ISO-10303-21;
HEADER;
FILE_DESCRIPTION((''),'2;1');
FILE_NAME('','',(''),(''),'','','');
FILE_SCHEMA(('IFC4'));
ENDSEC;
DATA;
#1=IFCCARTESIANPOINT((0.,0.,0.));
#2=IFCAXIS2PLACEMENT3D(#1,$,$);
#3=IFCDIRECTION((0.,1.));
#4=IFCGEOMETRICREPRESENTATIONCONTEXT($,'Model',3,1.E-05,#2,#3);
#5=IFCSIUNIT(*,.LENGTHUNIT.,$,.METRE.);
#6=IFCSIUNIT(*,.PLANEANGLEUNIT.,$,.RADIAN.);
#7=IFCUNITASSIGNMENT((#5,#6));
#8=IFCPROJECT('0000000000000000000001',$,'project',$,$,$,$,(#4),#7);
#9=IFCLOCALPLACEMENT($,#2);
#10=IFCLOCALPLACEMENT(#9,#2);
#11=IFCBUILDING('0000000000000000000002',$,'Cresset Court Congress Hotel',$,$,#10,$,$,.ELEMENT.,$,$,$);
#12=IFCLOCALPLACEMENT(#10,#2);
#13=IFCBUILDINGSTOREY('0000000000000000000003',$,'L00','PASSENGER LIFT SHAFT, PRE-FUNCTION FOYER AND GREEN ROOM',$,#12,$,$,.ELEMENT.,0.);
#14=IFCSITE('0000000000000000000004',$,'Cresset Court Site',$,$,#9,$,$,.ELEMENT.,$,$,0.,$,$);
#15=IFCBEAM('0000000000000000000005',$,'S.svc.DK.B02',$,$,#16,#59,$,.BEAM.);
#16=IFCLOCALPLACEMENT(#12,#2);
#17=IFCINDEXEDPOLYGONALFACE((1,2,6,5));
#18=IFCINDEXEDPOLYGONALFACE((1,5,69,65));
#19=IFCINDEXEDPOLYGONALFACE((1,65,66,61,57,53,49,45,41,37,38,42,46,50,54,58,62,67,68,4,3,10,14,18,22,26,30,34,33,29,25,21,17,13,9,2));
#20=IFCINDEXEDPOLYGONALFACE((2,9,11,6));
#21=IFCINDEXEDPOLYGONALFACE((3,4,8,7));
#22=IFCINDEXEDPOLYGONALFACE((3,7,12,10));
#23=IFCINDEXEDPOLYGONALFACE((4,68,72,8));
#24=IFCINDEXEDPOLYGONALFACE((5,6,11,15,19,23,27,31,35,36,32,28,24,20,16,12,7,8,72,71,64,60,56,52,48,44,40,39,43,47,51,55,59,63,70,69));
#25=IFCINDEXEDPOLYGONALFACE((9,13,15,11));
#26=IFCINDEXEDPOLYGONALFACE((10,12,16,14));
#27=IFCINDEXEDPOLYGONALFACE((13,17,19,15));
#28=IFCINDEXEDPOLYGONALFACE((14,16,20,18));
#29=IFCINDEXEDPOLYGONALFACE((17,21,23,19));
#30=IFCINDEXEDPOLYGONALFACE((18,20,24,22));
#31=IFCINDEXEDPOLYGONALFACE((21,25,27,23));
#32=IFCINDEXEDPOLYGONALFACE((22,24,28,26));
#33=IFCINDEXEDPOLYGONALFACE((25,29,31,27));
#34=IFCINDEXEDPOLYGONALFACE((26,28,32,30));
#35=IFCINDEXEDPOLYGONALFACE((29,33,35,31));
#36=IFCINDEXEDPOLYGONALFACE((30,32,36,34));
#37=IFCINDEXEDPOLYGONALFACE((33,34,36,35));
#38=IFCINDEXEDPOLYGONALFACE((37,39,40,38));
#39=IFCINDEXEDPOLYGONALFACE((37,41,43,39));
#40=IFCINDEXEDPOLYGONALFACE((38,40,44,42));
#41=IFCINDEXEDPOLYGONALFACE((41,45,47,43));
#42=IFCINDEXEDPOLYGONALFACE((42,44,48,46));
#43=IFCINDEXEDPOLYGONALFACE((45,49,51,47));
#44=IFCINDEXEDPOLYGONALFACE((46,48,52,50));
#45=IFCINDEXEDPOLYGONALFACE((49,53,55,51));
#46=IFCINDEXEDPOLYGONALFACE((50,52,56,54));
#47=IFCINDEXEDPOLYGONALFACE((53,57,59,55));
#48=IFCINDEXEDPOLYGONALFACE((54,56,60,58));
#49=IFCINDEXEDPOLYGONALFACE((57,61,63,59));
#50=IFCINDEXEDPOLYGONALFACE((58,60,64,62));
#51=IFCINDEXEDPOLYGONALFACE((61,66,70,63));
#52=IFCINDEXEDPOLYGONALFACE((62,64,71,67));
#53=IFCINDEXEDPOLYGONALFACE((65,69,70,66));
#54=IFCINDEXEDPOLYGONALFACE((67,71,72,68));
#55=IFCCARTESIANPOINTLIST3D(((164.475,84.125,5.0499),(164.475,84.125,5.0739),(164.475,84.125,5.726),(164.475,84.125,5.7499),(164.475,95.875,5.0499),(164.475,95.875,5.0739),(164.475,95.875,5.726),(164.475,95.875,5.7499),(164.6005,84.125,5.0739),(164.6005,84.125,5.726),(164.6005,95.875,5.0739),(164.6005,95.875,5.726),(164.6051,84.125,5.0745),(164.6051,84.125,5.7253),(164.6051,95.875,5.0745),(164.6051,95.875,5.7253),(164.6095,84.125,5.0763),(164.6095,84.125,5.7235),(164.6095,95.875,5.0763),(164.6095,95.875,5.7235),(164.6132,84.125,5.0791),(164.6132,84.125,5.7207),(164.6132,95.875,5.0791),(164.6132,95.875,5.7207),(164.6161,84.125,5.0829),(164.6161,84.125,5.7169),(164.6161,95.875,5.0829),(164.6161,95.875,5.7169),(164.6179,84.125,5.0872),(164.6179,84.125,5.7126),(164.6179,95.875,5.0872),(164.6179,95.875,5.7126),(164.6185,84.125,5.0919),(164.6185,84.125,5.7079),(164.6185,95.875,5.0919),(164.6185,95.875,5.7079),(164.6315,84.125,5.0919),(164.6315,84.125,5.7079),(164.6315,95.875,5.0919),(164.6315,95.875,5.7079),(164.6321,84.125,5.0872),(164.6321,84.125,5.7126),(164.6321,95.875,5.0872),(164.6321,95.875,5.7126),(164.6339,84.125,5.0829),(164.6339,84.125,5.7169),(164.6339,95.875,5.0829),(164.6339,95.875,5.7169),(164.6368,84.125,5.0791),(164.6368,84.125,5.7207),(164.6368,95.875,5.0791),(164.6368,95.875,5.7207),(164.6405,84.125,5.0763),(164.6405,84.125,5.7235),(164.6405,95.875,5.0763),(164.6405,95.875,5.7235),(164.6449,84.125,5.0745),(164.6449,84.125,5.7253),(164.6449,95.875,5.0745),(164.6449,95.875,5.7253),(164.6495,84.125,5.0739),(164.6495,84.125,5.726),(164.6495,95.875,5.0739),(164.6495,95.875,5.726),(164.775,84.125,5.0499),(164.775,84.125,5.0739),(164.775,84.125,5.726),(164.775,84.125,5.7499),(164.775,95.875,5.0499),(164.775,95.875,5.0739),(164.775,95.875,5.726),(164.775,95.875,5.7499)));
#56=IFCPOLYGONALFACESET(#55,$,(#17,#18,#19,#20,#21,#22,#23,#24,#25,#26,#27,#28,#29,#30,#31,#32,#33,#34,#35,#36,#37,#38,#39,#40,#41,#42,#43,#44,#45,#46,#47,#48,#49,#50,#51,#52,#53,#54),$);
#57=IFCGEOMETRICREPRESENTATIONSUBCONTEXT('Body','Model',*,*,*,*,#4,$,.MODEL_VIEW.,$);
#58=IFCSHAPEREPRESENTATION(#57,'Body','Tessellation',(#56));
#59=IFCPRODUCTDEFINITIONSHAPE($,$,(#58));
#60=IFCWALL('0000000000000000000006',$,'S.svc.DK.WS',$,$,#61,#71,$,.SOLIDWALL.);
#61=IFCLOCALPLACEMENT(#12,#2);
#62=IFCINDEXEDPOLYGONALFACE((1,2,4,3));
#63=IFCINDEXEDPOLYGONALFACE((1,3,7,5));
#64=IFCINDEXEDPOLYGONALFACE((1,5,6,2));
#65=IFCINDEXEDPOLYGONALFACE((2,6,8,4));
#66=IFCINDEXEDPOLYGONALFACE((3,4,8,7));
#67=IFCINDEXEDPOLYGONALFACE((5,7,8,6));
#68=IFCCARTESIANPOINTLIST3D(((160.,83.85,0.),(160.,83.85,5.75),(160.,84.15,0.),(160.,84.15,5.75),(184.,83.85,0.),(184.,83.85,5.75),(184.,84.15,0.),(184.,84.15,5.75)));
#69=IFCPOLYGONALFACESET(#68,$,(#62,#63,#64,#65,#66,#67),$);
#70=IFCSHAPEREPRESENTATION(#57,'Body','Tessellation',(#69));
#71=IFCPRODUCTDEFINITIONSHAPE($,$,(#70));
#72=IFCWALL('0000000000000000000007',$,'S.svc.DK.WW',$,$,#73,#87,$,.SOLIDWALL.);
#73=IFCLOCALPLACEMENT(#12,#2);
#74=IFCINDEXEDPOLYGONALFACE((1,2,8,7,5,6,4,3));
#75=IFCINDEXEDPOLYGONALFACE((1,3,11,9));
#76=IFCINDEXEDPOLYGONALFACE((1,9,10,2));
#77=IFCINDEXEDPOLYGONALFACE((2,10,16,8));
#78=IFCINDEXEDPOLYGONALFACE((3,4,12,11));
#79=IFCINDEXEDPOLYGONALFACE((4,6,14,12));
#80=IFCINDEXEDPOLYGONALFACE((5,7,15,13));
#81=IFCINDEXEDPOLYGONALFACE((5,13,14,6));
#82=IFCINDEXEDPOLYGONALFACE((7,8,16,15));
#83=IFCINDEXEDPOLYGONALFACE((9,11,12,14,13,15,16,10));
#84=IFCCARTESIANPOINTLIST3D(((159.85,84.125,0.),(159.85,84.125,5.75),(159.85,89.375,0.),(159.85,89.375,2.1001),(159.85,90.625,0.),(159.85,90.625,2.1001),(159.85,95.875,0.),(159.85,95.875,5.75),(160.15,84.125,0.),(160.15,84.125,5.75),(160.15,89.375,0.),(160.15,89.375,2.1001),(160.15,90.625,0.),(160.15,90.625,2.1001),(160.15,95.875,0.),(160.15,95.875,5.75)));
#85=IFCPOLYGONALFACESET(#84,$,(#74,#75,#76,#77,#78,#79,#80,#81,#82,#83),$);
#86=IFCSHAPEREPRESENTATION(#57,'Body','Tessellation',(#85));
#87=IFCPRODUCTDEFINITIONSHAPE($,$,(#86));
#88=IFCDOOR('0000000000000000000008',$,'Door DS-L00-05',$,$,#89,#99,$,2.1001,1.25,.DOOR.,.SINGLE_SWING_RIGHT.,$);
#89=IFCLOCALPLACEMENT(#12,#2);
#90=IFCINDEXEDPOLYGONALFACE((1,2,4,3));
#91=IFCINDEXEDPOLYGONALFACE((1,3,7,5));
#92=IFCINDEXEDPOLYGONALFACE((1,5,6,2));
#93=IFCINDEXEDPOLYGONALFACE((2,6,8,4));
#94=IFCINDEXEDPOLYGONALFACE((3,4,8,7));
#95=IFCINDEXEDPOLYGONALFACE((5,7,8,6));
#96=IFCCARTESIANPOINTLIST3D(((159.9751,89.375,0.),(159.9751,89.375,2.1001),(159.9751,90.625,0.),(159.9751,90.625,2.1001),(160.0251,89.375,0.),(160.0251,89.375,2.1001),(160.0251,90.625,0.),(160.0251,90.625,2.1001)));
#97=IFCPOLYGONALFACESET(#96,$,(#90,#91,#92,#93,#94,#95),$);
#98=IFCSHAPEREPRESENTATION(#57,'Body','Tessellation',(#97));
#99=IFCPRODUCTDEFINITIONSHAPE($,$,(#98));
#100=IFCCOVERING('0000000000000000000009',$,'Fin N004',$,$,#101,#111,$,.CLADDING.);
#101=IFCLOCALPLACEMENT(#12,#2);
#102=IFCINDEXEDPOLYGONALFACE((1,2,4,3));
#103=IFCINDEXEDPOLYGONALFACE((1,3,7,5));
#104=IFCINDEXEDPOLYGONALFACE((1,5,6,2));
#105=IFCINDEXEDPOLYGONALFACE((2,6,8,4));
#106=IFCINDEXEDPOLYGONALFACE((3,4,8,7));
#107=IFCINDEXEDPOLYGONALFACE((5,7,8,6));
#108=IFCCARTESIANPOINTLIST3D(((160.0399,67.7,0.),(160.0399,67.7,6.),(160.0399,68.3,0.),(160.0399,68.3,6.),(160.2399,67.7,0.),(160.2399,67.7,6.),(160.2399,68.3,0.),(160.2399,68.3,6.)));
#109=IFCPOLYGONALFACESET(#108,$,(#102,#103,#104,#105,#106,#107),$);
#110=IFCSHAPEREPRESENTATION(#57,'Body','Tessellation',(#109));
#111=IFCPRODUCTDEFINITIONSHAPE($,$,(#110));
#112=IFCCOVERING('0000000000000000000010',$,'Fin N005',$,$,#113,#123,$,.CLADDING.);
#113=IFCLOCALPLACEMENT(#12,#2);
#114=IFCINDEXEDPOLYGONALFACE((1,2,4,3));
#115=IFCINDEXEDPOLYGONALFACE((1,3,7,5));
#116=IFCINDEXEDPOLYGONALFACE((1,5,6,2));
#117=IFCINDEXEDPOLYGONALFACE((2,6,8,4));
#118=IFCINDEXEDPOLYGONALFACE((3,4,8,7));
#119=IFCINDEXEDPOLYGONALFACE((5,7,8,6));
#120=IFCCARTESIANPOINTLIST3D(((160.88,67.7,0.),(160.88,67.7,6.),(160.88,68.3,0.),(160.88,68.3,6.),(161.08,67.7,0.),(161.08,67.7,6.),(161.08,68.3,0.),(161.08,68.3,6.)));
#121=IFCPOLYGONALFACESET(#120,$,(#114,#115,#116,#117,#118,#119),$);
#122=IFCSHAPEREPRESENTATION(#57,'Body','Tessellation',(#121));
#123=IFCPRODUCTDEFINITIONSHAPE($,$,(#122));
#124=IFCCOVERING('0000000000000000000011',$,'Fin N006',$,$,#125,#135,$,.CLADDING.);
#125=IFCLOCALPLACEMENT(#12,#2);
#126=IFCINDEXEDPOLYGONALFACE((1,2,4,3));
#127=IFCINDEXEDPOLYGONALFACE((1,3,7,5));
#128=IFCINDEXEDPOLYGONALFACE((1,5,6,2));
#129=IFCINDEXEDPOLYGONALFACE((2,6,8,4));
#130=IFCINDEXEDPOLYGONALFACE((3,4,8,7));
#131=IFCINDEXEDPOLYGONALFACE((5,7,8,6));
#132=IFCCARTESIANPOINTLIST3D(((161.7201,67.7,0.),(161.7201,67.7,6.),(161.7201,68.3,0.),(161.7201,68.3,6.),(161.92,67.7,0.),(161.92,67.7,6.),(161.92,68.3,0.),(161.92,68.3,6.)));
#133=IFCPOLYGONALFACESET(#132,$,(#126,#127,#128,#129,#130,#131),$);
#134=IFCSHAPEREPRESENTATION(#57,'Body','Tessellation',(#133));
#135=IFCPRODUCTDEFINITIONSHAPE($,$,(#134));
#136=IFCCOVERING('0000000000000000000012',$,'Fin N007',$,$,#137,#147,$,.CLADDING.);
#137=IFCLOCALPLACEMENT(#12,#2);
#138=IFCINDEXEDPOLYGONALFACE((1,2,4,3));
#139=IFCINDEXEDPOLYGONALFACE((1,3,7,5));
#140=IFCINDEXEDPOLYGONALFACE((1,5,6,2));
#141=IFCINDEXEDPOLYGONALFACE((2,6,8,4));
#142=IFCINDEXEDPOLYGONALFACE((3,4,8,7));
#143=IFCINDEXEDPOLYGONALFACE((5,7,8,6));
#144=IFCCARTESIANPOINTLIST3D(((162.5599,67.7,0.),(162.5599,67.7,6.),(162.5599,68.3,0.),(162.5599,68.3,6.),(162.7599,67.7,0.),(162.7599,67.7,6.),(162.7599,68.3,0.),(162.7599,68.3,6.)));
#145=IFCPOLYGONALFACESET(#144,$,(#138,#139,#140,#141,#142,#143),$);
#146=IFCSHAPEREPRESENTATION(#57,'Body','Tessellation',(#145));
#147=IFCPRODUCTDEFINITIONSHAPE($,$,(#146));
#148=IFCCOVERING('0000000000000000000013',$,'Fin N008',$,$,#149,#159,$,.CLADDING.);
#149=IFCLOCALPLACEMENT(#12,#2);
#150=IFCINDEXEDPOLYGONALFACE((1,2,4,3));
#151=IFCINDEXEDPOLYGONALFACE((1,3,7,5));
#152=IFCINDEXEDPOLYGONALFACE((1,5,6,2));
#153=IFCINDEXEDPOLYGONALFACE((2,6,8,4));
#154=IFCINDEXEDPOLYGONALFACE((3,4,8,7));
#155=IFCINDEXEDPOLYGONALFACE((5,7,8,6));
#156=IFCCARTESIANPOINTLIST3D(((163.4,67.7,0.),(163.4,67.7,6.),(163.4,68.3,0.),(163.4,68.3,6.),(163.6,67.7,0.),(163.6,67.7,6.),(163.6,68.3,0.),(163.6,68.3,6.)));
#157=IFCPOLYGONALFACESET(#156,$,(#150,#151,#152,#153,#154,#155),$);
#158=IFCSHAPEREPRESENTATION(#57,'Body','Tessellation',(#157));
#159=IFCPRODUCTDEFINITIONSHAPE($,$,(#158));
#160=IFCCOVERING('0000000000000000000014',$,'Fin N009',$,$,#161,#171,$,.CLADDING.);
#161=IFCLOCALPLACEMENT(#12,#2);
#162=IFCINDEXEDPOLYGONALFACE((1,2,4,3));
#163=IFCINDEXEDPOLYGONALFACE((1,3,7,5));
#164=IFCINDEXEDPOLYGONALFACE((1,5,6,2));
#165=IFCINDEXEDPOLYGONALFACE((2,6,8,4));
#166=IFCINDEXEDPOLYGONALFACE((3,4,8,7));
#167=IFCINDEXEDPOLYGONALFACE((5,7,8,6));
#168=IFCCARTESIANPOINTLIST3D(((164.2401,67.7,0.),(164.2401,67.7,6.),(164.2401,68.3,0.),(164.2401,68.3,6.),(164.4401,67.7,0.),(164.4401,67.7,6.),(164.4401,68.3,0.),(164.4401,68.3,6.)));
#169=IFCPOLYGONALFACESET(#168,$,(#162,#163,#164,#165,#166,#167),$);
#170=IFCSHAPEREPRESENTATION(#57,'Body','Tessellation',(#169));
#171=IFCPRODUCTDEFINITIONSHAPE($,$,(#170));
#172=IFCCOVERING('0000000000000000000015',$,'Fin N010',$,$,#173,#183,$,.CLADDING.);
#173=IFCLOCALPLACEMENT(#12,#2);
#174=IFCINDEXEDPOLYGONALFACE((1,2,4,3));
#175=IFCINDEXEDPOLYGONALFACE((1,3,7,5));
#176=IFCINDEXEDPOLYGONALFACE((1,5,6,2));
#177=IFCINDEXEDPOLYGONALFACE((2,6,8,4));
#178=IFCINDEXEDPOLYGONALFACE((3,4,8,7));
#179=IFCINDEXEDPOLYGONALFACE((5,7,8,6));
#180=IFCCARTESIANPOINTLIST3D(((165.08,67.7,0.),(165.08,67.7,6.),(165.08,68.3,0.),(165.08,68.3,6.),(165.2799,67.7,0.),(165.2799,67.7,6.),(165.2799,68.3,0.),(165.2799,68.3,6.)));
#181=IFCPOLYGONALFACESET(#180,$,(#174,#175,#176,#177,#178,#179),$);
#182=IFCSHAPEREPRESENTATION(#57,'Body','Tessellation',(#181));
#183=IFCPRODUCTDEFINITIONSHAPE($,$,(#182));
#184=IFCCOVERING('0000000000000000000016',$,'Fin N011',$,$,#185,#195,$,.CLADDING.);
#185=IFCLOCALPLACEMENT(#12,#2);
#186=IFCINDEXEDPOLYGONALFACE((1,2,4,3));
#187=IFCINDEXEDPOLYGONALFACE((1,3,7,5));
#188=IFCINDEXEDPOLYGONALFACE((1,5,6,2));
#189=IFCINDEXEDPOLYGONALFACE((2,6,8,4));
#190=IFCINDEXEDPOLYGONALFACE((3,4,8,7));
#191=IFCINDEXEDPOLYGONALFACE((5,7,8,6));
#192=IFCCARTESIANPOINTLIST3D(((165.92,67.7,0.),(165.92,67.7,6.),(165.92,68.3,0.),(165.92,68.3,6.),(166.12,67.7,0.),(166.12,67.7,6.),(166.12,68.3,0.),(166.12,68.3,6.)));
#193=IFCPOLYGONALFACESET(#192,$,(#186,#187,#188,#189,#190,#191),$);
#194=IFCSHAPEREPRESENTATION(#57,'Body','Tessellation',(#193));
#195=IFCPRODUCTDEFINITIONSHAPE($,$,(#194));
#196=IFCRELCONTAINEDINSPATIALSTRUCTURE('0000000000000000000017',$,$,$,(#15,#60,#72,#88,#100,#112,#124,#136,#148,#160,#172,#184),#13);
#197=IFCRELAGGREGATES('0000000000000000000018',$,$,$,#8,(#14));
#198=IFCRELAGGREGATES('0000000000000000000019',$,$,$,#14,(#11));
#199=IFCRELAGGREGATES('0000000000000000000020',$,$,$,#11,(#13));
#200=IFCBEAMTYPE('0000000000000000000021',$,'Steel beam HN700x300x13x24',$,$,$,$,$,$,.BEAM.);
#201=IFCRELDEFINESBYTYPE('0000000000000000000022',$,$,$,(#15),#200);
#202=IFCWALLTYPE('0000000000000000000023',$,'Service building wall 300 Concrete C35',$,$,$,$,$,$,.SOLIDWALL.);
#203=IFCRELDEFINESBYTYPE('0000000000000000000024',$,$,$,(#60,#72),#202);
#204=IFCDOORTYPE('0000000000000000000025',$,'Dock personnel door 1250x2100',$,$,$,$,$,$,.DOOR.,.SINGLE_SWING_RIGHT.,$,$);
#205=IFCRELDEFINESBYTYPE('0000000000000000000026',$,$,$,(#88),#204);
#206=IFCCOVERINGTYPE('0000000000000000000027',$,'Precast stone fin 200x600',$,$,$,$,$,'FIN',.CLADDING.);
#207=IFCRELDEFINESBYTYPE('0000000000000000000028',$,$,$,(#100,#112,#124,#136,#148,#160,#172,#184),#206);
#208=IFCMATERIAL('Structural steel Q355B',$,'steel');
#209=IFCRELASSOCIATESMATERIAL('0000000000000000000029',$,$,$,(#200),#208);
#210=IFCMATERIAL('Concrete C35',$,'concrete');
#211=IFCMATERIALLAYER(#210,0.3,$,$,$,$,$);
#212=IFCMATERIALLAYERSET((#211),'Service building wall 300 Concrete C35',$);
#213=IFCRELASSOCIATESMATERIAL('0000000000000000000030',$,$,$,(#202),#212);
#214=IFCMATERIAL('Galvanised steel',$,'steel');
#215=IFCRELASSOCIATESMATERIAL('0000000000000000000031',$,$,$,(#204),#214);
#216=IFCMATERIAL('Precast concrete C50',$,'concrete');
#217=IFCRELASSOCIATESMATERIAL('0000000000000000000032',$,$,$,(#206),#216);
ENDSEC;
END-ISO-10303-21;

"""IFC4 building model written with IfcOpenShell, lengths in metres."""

from ifc_helpers import new_model, si_unit, direction, frame, frame_2d, origin, origin_2d, place, context, subcontext, project, spatial, rectangle, i_section, extrude, material, layer, layer_set, material_profile, profile_set, type_object, element, fill, save


model = new_model("IFC4")

# Units and contexts
model_context = context("Model", 3, precision=1e-05, world=origin(), true_north=direction((0.0, 1.0)))
body_context = subcontext(model_context, "Body", "Model", "MODEL_VIEW")
ifc_project = project(units=[si_unit("LENGTHUNIT", "METRE"), si_unit("PLANEANGLEUNIT", "RADIAN")], contexts=[model_context])

# Site, building, storey
site_placement = place(None, origin())
site = spatial("IfcSite", under=ifc_project, at=site_placement, Name="Cresset Court Site", CompositionType="ELEMENT", RefElevation=0.0)
building_placement = place(site_placement, origin())
building = spatial("IfcBuilding", under=site, at=building_placement, Name="Cresset Court Congress Hotel", CompositionType="ELEMENT")
storey_placement = place(building_placement, origin())
storey = spatial("IfcBuildingStorey", under=building, at=storey_placement, Name="L00", Description="PASSENGER LIFT SHAFT, PRE-FUNCTION FOYER AND GREEN ROOM", CompositionType="ELEMENT", Elevation=0.0)

# Beam
ifc_material_1 = material(Name="Structural steel Q355B", Category="steel")
ifc_material_profile_1 = material_profile(ifc_material_1, i_section(OverallWidth=0.3, OverallDepth=0.7, WebThickness=0.0129, FlangeThickness=0.0239, FilletRadius=0.0181, at=origin_2d()), Name="HN700x300x13x24")
ifc_profile_set_1 = profile_set([ifc_material_profile_1], Name="Structural steel Q355B")
beam_type = type_object("IfcBeamType", Name="Steel beam HN700x300x13x24", PredefinedType="BEAM", material=ifc_profile_set_1)
for number, where, z_axis, x_axis, name in (
    (1, (164.625, 84.125, 5.3999), (0.0, 1.0, 0.0), (-1.0, 0.0, 0.0), "S.svc.DK.B02"),
):
    element("IfcBeam", number, at=place(storey_placement, frame(where, z_axis=z_axis, x_axis=x_axis)), inside=storey, type_object=beam_type, Name=name, PredefinedType="BEAM", context=body_context, shape_type="SweptSolid", body=[
        extrude(i_section(OverallWidth=0.3, OverallDepth=0.7, WebThickness=0.0129, FlangeThickness=0.0239, FilletRadius=0.0181, at=origin_2d()), origin(), (0.0, 0.0, 1.0), 11.75),
    ])

# Wall
ifc_material_2 = material(Name="Concrete C35", Category="concrete")
ifc_layer = layer(ifc_material_2, 0.3)
ifc_layer_set = layer_set([ifc_layer], Name="Service building wall 300 Concrete C35")
wall_type = type_object("IfcWallType", Name="Service building wall 300 Concrete C35", PredefinedType="SOLIDWALL", material=ifc_layer_set)
wall_1_placement = place(storey_placement, frame((160.0, 84.0, 0.0), z_axis=(0.0, 0.0, 1.0), x_axis=(1.0, 0.0, 0.0)))
element("IfcWall", 2, at=wall_1_placement, inside=storey, type_object=wall_type, Name="S.svc.DK.WS", PredefinedType="SOLIDWALL", context=body_context, shape_type="SweptSolid", body=[
    extrude(rectangle(XDim=24.0, YDim=0.3, at=frame_2d((12.0, 0.0))), origin(), (0.0, 0.0, 1.0), 5.75),
])

# Wall, opening, door
wall_2_placement = place(storey_placement, frame((160.0, 84.125, 0.0), z_axis=(0.0, 0.0, 1.0), x_axis=(0.0, 1.0, 0.0)))
wall_2 = element("IfcWall", 3, at=wall_2_placement, inside=storey, type_object=wall_type, Name="S.svc.DK.WW", PredefinedType="SOLIDWALL", context=body_context, shape_type="SweptSolid", body=[
    extrude(rectangle(XDim=11.75, YDim=0.3, at=frame_2d((5.875, 0.0))), origin(), (0.0, 0.0, 1.0), 5.75),
])
opening_placement = place(wall_2_placement, frame((5.25, 0.0, 0.0)))
opening = element("IfcOpeningElement", 4, at=opening_placement, cuts=wall_2, PredefinedType="OPENING", context=body_context, shape_type="SweptSolid", body=[
    extrude(rectangle(XDim=1.25, YDim=2.1001, at=frame_2d((0.625, 1.05))), frame((0.0, 0.1599, 0.0), z_axis=(0.0, -1.0, 0.0), x_axis=(1.0, 0.0, 0.0)), (0.0, 0.0, 1.0), 0.3201),
])
ifc_material_3 = material(Name="Galvanised steel", Category="steel")
door_type = type_object("IfcDoorType", Name="Dock personnel door 1250x2100", OperationType="SINGLE_SWING_RIGHT", PredefinedType="DOOR", material=ifc_material_3)
door_placement = place(opening_placement, origin())
door = element("IfcDoor", 5, at=door_placement, inside=storey, type_object=door_type, Name="Door DS-L00-05", OperationType="SINGLE_SWING_RIGHT", OverallHeight=2.1001, OverallWidth=1.25, PredefinedType="DOOR", context=body_context, shape_type="SweptSolid", body=[
    extrude(rectangle(XDim=1.25, YDim=2.1001, at=frame_2d((0.625, 1.05))), frame((0.0, 0.0249, 0.0), z_axis=(0.0, -1.0, 0.0), x_axis=(1.0, 0.0, 0.0)), (0.0, 0.0, 1.0), 0.05),
])
fill(opening, door)

# Coverings
ifc_material_4 = material(Name="Precast concrete C50", Category="concrete")
covering_type = type_object("IfcCoveringType", Name="Precast stone fin 200x600", ElementType="FIN", PredefinedType="CLADDING", material=ifc_material_4)
for number, where, z_axis, x_axis, name in (
    (6, (160.1399, 68.0, 0.0), (0.0, 0.0, 1.0), (1.0, 0.0, 0.0), "Fin N004"),
    (7, (160.98, 68.0, 0.0), (0.0, 0.0, 1.0), (1.0, 0.0, 0.0), "Fin N005"),
    (8, (161.8201, 68.0, 0.0), (0.0, 0.0, 1.0), (1.0, 0.0, 0.0), "Fin N006"),
    (9, (162.6599, 68.0, 0.0), (0.0, 0.0, 1.0), (1.0, 0.0, 0.0), "Fin N007"),
    (10, (163.5, 68.0, 0.0), (0.0, 0.0, 1.0), (1.0, 0.0, 0.0), "Fin N008"),
    (11, (164.3401, 68.0, 0.0), (0.0, 0.0, 1.0), (1.0, 0.0, 0.0), "Fin N009"),
    (12, (165.1799, 68.0, 0.0), (0.0, 0.0, 1.0), (1.0, 0.0, 0.0), "Fin N010"),
    (13, (166.02, 68.0, 0.0), (0.0, 0.0, 1.0), (1.0, 0.0, 0.0), "Fin N011"),
):
    element("IfcCovering", number, at=place(storey_placement, frame(where, z_axis=z_axis, x_axis=x_axis)), inside=storey, type_object=covering_type, Name=name, PredefinedType="CLADDING", context=body_context, shape_type="SweptSolid", body=[
        extrude(rectangle(XDim=0.2, YDim=0.6001, at=origin_2d()), origin(), (0.0, 0.0, 1.0), 6.0),
    ])

save(model, "model.ifc")
